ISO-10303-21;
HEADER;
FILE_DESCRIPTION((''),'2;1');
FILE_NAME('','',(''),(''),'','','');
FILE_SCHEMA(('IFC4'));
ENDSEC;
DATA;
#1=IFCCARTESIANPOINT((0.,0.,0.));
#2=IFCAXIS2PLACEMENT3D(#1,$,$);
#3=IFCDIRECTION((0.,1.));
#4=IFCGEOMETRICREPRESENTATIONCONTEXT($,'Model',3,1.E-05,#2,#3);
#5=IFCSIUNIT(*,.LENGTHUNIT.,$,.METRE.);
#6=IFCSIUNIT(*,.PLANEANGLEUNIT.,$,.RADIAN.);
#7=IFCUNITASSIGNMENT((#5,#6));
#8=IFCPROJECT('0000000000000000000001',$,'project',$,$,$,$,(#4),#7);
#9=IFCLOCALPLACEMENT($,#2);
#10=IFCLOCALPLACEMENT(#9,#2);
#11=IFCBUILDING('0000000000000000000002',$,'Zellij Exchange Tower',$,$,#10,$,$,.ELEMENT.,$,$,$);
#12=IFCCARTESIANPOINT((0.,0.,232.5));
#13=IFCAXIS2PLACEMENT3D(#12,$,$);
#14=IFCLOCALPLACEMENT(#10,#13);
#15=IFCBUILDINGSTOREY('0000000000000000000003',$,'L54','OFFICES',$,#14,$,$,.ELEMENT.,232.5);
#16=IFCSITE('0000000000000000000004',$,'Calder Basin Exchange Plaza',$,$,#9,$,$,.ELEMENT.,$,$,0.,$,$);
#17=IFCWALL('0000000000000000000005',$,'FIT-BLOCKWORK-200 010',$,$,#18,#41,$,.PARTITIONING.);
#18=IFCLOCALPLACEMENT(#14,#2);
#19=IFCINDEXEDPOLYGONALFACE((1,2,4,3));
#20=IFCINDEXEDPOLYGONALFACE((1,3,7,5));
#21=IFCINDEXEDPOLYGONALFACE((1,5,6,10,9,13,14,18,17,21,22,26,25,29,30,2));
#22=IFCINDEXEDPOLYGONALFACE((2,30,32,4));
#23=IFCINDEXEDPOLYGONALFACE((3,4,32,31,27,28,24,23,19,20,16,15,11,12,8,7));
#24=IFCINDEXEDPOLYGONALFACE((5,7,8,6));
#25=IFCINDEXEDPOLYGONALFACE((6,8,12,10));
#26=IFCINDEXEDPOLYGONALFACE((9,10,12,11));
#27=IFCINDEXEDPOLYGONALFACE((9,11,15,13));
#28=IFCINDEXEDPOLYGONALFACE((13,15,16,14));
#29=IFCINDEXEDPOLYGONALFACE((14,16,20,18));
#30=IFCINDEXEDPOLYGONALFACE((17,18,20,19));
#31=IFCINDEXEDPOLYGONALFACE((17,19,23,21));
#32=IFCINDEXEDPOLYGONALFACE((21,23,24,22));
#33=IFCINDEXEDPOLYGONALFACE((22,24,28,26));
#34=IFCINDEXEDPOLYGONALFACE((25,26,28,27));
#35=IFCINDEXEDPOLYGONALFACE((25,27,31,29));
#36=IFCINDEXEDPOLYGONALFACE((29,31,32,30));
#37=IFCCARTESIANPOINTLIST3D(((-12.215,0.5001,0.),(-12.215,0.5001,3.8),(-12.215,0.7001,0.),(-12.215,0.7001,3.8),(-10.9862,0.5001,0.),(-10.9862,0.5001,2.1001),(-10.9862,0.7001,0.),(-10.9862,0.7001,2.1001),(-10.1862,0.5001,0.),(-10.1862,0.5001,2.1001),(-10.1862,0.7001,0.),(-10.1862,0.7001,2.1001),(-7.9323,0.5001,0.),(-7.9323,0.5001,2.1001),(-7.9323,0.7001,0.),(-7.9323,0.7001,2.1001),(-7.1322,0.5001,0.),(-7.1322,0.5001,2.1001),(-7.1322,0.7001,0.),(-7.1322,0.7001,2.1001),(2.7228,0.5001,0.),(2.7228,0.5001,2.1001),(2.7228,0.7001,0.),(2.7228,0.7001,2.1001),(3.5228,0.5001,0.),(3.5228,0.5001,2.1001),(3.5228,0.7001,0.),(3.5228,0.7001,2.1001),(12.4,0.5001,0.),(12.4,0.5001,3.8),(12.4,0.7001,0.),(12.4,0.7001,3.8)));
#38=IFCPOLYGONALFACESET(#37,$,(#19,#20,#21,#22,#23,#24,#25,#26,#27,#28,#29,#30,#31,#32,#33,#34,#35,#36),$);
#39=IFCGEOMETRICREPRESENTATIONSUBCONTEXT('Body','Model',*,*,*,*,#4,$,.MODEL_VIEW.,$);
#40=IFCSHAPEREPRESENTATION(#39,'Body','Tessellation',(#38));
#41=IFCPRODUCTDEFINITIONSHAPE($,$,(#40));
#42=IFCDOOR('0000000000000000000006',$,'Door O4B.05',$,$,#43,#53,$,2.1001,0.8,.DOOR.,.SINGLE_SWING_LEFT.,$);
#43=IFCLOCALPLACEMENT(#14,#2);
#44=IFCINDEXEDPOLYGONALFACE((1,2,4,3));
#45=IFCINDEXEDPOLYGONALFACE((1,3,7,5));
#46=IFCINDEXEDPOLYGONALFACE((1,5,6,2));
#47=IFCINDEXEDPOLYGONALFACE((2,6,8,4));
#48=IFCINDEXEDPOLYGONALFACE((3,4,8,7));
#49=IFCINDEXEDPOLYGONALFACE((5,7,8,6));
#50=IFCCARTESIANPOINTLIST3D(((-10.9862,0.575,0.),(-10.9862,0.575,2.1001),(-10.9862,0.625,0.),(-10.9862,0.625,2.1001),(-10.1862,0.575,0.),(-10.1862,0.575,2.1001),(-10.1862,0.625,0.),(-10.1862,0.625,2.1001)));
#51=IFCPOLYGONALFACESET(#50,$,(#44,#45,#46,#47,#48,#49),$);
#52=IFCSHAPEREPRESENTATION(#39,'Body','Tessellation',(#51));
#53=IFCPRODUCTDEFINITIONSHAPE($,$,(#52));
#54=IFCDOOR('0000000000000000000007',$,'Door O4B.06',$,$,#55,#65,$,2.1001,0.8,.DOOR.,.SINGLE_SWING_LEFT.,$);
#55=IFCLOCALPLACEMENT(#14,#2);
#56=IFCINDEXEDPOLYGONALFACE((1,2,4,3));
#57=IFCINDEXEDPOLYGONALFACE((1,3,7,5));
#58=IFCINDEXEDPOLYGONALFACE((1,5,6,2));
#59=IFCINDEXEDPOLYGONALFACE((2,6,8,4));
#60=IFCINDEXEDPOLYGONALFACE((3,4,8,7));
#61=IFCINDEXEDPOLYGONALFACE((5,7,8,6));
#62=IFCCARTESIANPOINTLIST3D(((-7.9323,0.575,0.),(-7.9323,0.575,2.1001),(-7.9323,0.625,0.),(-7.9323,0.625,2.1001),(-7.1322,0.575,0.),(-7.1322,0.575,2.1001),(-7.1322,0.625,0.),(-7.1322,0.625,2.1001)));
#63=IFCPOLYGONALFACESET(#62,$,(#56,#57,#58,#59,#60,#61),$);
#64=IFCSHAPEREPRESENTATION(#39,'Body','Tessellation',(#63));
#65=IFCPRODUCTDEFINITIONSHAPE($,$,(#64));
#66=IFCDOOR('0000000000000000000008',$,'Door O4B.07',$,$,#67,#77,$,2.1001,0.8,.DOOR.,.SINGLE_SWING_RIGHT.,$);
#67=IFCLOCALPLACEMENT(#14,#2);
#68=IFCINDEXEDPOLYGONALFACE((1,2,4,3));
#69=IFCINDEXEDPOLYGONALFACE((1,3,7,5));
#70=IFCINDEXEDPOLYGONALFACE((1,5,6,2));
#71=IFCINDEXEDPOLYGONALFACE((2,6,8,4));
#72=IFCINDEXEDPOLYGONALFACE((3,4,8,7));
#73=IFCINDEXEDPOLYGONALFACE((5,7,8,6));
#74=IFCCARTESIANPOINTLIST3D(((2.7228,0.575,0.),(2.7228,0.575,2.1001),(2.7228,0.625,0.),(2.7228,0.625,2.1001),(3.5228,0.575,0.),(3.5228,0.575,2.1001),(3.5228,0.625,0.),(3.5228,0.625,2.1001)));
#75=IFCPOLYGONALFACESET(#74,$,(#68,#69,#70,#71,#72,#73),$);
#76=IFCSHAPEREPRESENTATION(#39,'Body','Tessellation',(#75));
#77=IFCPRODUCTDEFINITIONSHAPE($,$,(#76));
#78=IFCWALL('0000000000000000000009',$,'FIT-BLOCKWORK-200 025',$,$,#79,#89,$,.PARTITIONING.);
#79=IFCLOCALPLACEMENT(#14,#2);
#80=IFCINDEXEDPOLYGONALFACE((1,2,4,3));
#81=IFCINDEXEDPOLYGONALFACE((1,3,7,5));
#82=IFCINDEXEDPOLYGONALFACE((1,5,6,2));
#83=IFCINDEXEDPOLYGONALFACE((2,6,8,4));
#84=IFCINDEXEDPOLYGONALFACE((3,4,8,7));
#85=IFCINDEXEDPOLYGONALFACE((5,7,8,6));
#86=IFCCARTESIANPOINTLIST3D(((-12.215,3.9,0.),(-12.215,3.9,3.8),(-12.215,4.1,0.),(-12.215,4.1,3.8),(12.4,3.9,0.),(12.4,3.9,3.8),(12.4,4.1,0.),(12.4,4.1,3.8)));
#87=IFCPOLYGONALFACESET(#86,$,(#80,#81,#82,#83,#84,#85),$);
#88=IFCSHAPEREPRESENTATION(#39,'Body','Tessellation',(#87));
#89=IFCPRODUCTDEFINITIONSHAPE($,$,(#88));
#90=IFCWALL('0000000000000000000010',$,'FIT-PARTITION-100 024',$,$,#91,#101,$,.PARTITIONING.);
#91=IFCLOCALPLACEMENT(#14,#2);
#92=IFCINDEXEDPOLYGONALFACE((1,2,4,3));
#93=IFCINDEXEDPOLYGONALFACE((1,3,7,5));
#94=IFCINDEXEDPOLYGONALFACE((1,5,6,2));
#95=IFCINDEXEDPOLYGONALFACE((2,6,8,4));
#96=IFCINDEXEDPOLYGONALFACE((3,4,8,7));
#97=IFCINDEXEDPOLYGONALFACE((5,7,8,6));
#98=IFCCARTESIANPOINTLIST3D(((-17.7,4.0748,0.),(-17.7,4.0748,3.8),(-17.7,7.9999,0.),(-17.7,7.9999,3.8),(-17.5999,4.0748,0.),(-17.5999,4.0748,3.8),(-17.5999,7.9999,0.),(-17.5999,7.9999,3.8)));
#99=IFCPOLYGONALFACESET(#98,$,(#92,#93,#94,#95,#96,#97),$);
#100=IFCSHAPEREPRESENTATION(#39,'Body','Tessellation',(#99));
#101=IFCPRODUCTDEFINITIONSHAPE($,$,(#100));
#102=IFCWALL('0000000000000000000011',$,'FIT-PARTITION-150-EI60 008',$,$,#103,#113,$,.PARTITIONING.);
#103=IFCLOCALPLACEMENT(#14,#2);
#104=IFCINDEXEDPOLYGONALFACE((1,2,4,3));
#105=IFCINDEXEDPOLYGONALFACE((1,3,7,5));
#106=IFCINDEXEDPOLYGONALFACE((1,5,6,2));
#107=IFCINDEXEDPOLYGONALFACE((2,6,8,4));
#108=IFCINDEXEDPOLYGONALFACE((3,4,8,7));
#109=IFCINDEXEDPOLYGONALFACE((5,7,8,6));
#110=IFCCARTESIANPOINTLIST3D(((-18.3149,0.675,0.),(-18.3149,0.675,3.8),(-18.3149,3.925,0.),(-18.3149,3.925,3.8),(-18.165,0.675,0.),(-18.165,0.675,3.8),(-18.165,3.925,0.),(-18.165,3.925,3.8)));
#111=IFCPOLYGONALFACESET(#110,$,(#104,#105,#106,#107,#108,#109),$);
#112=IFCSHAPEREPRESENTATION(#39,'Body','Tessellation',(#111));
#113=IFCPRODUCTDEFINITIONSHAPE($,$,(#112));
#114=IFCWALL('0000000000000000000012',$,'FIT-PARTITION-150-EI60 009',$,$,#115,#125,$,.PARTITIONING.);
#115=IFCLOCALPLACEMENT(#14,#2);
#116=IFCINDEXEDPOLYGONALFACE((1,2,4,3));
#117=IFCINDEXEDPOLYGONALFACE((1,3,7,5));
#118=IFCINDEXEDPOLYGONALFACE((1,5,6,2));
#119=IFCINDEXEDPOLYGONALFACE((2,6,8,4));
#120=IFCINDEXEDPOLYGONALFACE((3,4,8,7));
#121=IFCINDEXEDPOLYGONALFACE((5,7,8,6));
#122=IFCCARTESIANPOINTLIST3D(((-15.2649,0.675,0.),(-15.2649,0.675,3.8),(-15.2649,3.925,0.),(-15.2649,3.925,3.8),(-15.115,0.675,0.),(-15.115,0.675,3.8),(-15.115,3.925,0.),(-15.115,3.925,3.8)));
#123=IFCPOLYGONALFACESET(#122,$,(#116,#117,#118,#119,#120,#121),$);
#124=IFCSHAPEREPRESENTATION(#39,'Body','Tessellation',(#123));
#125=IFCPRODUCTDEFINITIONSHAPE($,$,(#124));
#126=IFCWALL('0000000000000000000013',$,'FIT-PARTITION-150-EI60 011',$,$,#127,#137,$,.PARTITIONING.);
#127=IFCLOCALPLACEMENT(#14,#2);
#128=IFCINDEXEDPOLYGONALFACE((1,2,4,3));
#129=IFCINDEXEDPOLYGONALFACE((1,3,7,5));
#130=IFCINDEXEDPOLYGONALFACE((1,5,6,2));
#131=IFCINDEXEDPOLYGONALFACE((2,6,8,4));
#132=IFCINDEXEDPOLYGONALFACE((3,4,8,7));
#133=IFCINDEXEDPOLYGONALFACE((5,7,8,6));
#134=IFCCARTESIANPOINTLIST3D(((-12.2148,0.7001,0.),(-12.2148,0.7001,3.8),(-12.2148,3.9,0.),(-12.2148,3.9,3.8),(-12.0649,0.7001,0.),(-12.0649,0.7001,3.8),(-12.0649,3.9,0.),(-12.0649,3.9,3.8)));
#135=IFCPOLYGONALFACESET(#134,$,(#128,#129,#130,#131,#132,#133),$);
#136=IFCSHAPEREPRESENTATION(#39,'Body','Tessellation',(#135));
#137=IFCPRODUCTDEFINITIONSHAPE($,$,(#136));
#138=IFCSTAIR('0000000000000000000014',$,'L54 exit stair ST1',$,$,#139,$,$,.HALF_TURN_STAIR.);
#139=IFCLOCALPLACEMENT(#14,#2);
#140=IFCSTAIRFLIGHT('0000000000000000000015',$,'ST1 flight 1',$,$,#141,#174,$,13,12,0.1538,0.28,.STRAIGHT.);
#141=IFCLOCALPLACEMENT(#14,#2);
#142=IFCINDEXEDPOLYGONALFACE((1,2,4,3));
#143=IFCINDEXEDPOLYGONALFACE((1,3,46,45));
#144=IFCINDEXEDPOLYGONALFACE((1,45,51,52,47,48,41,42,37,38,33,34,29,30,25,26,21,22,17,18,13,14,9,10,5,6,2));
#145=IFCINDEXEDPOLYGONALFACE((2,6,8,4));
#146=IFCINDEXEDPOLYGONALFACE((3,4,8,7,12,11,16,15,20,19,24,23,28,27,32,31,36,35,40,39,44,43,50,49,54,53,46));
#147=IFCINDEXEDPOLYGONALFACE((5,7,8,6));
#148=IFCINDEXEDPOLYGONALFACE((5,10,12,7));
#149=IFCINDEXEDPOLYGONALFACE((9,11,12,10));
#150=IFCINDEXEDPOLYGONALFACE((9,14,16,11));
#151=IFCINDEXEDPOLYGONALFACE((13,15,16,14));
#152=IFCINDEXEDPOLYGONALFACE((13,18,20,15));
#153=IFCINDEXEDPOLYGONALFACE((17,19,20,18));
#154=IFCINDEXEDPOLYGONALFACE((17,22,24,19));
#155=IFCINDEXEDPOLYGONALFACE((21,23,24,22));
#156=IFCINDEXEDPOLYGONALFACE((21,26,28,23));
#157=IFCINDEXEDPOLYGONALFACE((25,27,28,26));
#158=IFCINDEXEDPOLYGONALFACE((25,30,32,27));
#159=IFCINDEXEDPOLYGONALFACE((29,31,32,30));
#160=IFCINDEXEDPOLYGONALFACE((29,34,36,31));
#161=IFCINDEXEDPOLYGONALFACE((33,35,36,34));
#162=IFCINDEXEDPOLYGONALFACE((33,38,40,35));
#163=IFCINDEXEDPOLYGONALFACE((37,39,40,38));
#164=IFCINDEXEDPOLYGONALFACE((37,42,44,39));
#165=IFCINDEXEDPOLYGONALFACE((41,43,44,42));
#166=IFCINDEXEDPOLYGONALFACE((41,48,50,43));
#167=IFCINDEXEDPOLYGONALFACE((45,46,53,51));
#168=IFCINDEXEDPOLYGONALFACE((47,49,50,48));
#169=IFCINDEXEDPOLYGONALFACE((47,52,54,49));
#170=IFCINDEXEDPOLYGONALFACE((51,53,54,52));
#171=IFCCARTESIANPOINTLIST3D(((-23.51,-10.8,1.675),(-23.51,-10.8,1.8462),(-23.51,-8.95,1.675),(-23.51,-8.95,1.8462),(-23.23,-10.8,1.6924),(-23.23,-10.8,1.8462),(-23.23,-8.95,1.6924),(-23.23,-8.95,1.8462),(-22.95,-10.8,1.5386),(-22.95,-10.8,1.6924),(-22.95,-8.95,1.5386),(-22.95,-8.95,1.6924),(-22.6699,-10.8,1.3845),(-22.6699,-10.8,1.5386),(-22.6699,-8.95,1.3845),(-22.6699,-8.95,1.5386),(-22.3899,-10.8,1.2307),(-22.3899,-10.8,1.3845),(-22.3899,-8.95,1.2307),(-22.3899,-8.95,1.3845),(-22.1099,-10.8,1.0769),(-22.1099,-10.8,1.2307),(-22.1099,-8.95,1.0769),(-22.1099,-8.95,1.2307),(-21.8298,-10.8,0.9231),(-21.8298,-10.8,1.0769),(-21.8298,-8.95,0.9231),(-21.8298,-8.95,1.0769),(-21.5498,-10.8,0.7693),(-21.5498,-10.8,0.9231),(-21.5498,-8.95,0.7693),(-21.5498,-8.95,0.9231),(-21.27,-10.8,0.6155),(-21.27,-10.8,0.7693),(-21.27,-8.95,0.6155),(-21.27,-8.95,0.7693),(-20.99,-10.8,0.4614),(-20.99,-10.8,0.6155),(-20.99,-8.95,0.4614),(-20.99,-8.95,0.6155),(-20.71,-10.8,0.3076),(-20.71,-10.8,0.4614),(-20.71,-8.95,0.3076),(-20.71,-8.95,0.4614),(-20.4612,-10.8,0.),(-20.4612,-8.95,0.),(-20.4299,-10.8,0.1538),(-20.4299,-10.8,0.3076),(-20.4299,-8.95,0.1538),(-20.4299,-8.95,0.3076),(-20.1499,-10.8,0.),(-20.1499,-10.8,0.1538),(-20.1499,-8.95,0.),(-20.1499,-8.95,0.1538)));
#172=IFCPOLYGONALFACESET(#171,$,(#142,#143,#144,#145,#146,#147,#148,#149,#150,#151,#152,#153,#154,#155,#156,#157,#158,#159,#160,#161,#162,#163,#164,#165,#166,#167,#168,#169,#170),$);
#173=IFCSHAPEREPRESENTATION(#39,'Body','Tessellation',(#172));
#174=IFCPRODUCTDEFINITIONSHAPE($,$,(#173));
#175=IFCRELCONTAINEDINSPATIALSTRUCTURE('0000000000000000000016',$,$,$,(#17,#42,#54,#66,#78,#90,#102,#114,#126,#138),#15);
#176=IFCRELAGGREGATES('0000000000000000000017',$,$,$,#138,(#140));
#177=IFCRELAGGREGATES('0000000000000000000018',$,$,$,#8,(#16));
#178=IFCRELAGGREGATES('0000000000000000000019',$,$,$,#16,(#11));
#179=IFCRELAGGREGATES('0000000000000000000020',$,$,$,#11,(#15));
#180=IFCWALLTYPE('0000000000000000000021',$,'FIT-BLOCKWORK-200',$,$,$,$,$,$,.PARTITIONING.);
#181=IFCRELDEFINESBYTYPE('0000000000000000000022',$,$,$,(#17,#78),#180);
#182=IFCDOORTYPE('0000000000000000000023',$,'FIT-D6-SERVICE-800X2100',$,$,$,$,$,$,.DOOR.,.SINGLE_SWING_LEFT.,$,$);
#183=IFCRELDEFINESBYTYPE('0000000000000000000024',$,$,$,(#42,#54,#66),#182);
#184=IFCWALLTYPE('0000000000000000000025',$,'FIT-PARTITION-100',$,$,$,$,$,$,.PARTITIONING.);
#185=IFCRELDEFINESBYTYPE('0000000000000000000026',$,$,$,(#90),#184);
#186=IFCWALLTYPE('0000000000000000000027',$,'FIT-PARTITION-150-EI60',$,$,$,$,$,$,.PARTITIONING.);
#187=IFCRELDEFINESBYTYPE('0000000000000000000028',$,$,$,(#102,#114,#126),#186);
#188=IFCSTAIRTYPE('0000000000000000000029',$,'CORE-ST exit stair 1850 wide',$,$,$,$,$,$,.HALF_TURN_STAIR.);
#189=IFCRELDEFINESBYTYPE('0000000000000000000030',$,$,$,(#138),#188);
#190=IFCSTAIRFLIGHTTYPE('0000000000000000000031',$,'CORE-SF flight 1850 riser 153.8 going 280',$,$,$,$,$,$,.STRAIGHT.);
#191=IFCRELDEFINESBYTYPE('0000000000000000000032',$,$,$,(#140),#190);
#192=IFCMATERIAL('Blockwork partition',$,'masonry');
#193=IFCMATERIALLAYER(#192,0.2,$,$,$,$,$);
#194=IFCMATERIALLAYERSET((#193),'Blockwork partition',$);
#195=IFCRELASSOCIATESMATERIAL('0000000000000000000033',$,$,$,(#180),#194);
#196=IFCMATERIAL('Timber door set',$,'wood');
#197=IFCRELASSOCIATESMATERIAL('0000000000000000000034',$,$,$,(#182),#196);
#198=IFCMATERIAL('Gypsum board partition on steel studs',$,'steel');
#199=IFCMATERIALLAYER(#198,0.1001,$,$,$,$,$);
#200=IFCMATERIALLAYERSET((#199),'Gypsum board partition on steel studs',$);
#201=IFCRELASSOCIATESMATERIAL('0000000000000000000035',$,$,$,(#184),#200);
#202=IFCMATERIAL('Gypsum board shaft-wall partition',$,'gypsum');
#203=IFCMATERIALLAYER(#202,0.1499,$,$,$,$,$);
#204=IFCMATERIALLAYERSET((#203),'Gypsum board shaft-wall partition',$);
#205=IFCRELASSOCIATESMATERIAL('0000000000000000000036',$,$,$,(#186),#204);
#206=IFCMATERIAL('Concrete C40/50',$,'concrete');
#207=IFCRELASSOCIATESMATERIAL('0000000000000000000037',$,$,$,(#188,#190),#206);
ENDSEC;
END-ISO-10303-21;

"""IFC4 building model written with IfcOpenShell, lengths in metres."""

from ifc_helpers import new_model, si_unit, direction, frame, frame_2d, origin, place, context, subcontext, project, spatial, polyline, rectangle, outline, extrude, material, layer, layer_set, type_object, element, fill, aggregate, save


model = new_model("IFC4")

# Units and contexts
model_context = context("Model", 3, precision=1e-05, world=origin(), true_north=direction((0.0, 1.0)))
body_context = subcontext(model_context, "Body", "Model", "MODEL_VIEW")
ifc_project = project(units=[si_unit("LENGTHUNIT", "METRE"), si_unit("PLANEANGLEUNIT", "RADIAN")], contexts=[model_context])

# Site, building, storey
site_placement = place(None, origin())
site = spatial("IfcSite", under=ifc_project, at=site_placement, Name="Calder Basin Exchange Plaza", CompositionType="ELEMENT", RefElevation=0.0)
building_placement = place(site_placement, origin())
building = spatial("IfcBuilding", under=site, at=building_placement, Name="Zellij Exchange Tower", CompositionType="ELEMENT")
storey_placement = place(building_placement, frame((0.0, 0.0, 232.5)))
storey = spatial("IfcBuildingStorey", under=building, at=storey_placement, Name="L54", Description="OFFICES", CompositionType="ELEMENT", Elevation=232.5)

# Wall, openings, doors
ifc_material_1 = material(Name="Blockwork partition", Category="masonry")
ifc_layer_1 = layer(ifc_material_1, 0.2)
ifc_layer_set_1 = layer_set([ifc_layer_1], Name="Blockwork partition")
wall_type_1 = type_object("IfcWallType", Name="FIT-BLOCKWORK-200", PredefinedType="PARTITIONING", material=ifc_layer_set_1)
wall_1_placement = place(storey_placement, frame((-12.2151, 0.6001, 0.0), z_axis=(0.0, 0.0, 1.0), x_axis=(1.0, 0.0, 0.0)))
wall_1 = element("IfcWall", 1, at=wall_1_placement, inside=storey, type_object=wall_type_1, Name="FIT-BLOCKWORK-200 010", PredefinedType="PARTITIONING", context=body_context, shape_type="SweptSolid", body=[
    extrude(rectangle(XDim=24.615, YDim=0.2, at=frame_2d((12.3076, 0.0))), origin(), (0.0, 0.0, 1.0), 3.8),
])
opening_1_placement = place(wall_1_placement, frame((1.229, 0.0, 0.0)))
opening_1 = element("IfcOpeningElement", 2, at=opening_1_placement, cuts=wall_1, PredefinedType="OPENING", context=body_context, shape_type="SweptSolid", body=[
    extrude(rectangle(XDim=0.8, YDim=2.1001, at=frame_2d((0.3999, 1.05))), frame((0.0, 0.1118, 0.0), z_axis=(0.0, -1.0, 0.0), x_axis=(1.0, 0.0, 0.0)), (0.0, 0.0, 1.0), 0.2239),
])
opening_2_placement = place(wall_1_placement, frame((4.283, 0.0, 0.0)))
opening_2 = element("IfcOpeningElement", 3, at=opening_2_placement, cuts=wall_1, PredefinedType="OPENING", context=body_context, shape_type="SweptSolid", body=[
    extrude(rectangle(XDim=0.8, YDim=2.1001, at=frame_2d((0.3999, 1.05))), frame((0.0, 0.1118, 0.0), z_axis=(0.0, -1.0, 0.0), x_axis=(1.0, 0.0, 0.0)), (0.0, 0.0, 1.0), 0.2239),
])
opening_3_placement = place(wall_1_placement, frame((14.938, 0.0, 0.0)))
opening_3 = element("IfcOpeningElement", 4, at=opening_3_placement, cuts=wall_1, PredefinedType="OPENING", context=body_context, shape_type="SweptSolid", body=[
    extrude(rectangle(XDim=0.8, YDim=2.1001, at=frame_2d((0.3999, 1.05))), frame((0.0, 0.1118, 0.0), z_axis=(0.0, -1.0, 0.0), x_axis=(1.0, 0.0, 0.0)), (0.0, 0.0, 1.0), 0.2239),
])
ifc_material_2 = material(Name="Timber door set", Category="wood")
door_type_1 = type_object("IfcDoorType", Name="FIT-D6-SERVICE-800X2100", OperationType="SINGLE_SWING_LEFT", PredefinedType="DOOR", material=ifc_material_2)
door_1_placement = place(opening_1_placement, origin())
door_1 = element("IfcDoor", 5, at=door_1_placement, inside=storey, type_object=door_type_1, Name="Door O4B.05", OperationType="SINGLE_SWING_LEFT", OverallHeight=2.1001, OverallWidth=0.8, PredefinedType="DOOR", context=body_context, shape_type="SweptSolid", body=[
    extrude(rectangle(XDim=0.8, YDim=2.1001, at=frame_2d((0.3999, 1.05))), frame((0.0, 0.0249, 0.0), z_axis=(0.0, -1.0, 0.0), x_axis=(1.0, 0.0, 0.0)), (0.0, 0.0, 1.0), 0.05),
])
fill(opening_1, door_1)
door_2_placement = place(opening_2_placement, origin())
door_2 = element("IfcDoor", 6, at=door_2_placement, inside=storey, type_object=door_type_1, Name="Door O4B.06", OperationType="SINGLE_SWING_LEFT", OverallHeight=2.1001, OverallWidth=0.8, PredefinedType="DOOR", context=body_context, shape_type="SweptSolid", body=[
    extrude(rectangle(XDim=0.8, YDim=2.1001, at=frame_2d((0.3999, 1.05))), frame((0.0, 0.0249, 0.0), z_axis=(0.0, -1.0, 0.0), x_axis=(1.0, 0.0, 0.0)), (0.0, 0.0, 1.0), 0.05),
])
fill(opening_2, door_2)
door_3_placement = place(opening_3_placement, origin())
door_3 = element("IfcDoor", 7, at=door_3_placement, inside=storey, type_object=door_type_1, Name="Door O4B.07", OperationType="SINGLE_SWING_RIGHT", OverallHeight=2.1001, OverallWidth=0.8, PredefinedType="DOOR", context=body_context, shape_type="SweptSolid", body=[
    extrude(rectangle(XDim=0.8, YDim=2.1001, at=frame_2d((0.3999, 1.05))), frame((0.0, 0.0249, 0.0), z_axis=(0.0, -1.0, 0.0), x_axis=(1.0, 0.0, 0.0)), (0.0, 0.0, 1.0), 0.05),
])
fill(opening_3, door_3)

# Walls
wall_2_placement = place(storey_placement, frame((-12.2151, 4.0, 0.0), z_axis=(0.0, 0.0, 1.0), x_axis=(1.0, 0.0, 0.0)))
element("IfcWall", 8, at=wall_2_placement, inside=storey, type_object=wall_type_1, Name="FIT-BLOCKWORK-200 025", PredefinedType="PARTITIONING", context=body_context, shape_type="SweptSolid", body=[
    extrude(rectangle(XDim=24.615, YDim=0.2, at=frame_2d((12.3076, 0.0))), origin(), (0.0, 0.0, 1.0), 3.8),
])
ifc_material_3 = material(Name="Gypsum board partition on steel studs", Category="steel")
ifc_layer_2 = layer(ifc_material_3, 0.1001)
ifc_layer_set_2 = layer_set([ifc_layer_2], Name="Gypsum board partition on steel studs")
wall_type_2 = type_object("IfcWallType", Name="FIT-PARTITION-100", PredefinedType="PARTITIONING", material=ifc_layer_set_2)
wall_3_placement = place(storey_placement, frame((-17.6499, 4.075, 0.0), z_axis=(0.0, 0.0, 1.0), x_axis=(0.0, 1.0, 0.0)))
element("IfcWall", 9, at=wall_3_placement, inside=storey, type_object=wall_type_2, Name="FIT-PARTITION-100 024", PredefinedType="PARTITIONING", context=body_context, shape_type="SweptSolid", body=[
    extrude(rectangle(XDim=3.925, YDim=0.1001, at=frame_2d((1.9624, 0.0))), origin(), (0.0, 0.0, 1.0), 3.8),
])
ifc_material_4 = material(Name="Gypsum board shaft-wall partition", Category="gypsum")
ifc_layer_3 = layer(ifc_material_4, 0.1499)
ifc_layer_set_3 = layer_set([ifc_layer_3], Name="Gypsum board shaft-wall partition")
wall_type_3 = type_object("IfcWallType", Name="FIT-PARTITION-150-EI60", PredefinedType="PARTITIONING", material=ifc_layer_set_3)
for number, where, z_axis, x_axis, name in (
    (10, (-18.24, 0.675, 0.0), (0.0, 0.0, 1.0), (0.0, 1.0, 0.0), "FIT-PARTITION-150-EI60 008"),
    (11, (-15.1899, 0.675, 0.0), (0.0, 0.0, 1.0), (0.0, 1.0, 0.0), "FIT-PARTITION-150-EI60 009"),
):
    element("IfcWall", number, at=place(storey_placement, frame(where, z_axis=z_axis, x_axis=x_axis)), inside=storey, type_object=wall_type_3, Name=name, PredefinedType="PARTITIONING", context=body_context, shape_type="SweptSolid", body=[
        extrude(rectangle(XDim=3.25, YDim=0.1499, at=frame_2d((1.625, 0.0))), origin(), (0.0, 0.0, 1.0), 3.8),
    ])
wall_4_placement = place(storey_placement, frame((-12.1399, 0.7, 0.0), z_axis=(0.0, 0.0, 1.0), x_axis=(0.0, 1.0, 0.0)))
element("IfcWall", 12, at=wall_4_placement, inside=storey, type_object=wall_type_3, Name="FIT-PARTITION-150-EI60 011", PredefinedType="PARTITIONING", context=body_context, shape_type="SweptSolid", body=[
    extrude(rectangle(XDim=3.2, YDim=0.1499, at=frame_2d((1.6001, 0.0))), origin(), (0.0, 0.0, 1.0), 3.8),
])

# Stair, stair flight
ifc_material_5 = material(Name="Concrete C40/50", Category="concrete")
stair_type = type_object("IfcStairType", Name="CORE-ST exit stair 1850 wide", PredefinedType="HALF_TURN_STAIR", material=ifc_material_5)
stair_placement = place(storey_placement, origin())
stair = element("IfcStair", 13, at=stair_placement, inside=storey, type_object=stair_type, Name="L54 exit stair ST1", PredefinedType="HALF_TURN_STAIR")
stair_flight_type = type_object("IfcStairFlightType", Name="CORE-SF flight 1850 riser 153.8 going 280", PredefinedType="STRAIGHT", material=ifc_material_5)
stair_flight_placement = place(storey_placement, frame((-20.1499, -9.875, 0.0), z_axis=(0.0, 0.0, 1.0), x_axis=(-1.0, 0.0, 0.0)))
stair_flight = element("IfcStairFlight", 14, at=stair_flight_placement, type_object=stair_flight_type, Name="ST1 flight 1", NumberOfRisers=13, NumberOfTreads=12, PredefinedType="STRAIGHT", RiserHeight=0.1538, TreadLength=0.28, context=body_context, shape_type="SweptSolid", body=[
    extrude(outline(polyline([(0.0, 0.0), (0.0, 0.1538), (0.28, 0.1538), (0.28, 0.3076), (0.5601, 0.3076), (0.5601, 0.4614), (0.8401, 0.4614), (0.8401, 0.6155), (1.1201, 0.6155), (1.1201, 0.7693), (1.3999, 0.7693), (1.3999, 0.9231), (1.6799, 0.9231), (1.6799, 1.0769), (1.96, 1.0769), (1.96, 1.2307), (2.24, 1.2307), (2.24, 1.3845), (2.52, 1.3845), (2.52, 1.5386), (2.8, 1.5386), (2.8, 1.6924), (3.0801, 1.6924), (3.0801, 1.8462), (3.3601, 1.8462), (3.3601, 2.0), (3.3601, 1.675), (0.3113, 0.0), (0.0, 0.0)])), frame((0.0, 0.925, 0.0), z_axis=(0.0, -1.0, 0.0), x_axis=(1.0, 0.0, 0.0)), (0.0, 0.0, 1.0), 1.8501),
])
aggregate(stair, [stair_flight])

save(model, "model.ifc")
